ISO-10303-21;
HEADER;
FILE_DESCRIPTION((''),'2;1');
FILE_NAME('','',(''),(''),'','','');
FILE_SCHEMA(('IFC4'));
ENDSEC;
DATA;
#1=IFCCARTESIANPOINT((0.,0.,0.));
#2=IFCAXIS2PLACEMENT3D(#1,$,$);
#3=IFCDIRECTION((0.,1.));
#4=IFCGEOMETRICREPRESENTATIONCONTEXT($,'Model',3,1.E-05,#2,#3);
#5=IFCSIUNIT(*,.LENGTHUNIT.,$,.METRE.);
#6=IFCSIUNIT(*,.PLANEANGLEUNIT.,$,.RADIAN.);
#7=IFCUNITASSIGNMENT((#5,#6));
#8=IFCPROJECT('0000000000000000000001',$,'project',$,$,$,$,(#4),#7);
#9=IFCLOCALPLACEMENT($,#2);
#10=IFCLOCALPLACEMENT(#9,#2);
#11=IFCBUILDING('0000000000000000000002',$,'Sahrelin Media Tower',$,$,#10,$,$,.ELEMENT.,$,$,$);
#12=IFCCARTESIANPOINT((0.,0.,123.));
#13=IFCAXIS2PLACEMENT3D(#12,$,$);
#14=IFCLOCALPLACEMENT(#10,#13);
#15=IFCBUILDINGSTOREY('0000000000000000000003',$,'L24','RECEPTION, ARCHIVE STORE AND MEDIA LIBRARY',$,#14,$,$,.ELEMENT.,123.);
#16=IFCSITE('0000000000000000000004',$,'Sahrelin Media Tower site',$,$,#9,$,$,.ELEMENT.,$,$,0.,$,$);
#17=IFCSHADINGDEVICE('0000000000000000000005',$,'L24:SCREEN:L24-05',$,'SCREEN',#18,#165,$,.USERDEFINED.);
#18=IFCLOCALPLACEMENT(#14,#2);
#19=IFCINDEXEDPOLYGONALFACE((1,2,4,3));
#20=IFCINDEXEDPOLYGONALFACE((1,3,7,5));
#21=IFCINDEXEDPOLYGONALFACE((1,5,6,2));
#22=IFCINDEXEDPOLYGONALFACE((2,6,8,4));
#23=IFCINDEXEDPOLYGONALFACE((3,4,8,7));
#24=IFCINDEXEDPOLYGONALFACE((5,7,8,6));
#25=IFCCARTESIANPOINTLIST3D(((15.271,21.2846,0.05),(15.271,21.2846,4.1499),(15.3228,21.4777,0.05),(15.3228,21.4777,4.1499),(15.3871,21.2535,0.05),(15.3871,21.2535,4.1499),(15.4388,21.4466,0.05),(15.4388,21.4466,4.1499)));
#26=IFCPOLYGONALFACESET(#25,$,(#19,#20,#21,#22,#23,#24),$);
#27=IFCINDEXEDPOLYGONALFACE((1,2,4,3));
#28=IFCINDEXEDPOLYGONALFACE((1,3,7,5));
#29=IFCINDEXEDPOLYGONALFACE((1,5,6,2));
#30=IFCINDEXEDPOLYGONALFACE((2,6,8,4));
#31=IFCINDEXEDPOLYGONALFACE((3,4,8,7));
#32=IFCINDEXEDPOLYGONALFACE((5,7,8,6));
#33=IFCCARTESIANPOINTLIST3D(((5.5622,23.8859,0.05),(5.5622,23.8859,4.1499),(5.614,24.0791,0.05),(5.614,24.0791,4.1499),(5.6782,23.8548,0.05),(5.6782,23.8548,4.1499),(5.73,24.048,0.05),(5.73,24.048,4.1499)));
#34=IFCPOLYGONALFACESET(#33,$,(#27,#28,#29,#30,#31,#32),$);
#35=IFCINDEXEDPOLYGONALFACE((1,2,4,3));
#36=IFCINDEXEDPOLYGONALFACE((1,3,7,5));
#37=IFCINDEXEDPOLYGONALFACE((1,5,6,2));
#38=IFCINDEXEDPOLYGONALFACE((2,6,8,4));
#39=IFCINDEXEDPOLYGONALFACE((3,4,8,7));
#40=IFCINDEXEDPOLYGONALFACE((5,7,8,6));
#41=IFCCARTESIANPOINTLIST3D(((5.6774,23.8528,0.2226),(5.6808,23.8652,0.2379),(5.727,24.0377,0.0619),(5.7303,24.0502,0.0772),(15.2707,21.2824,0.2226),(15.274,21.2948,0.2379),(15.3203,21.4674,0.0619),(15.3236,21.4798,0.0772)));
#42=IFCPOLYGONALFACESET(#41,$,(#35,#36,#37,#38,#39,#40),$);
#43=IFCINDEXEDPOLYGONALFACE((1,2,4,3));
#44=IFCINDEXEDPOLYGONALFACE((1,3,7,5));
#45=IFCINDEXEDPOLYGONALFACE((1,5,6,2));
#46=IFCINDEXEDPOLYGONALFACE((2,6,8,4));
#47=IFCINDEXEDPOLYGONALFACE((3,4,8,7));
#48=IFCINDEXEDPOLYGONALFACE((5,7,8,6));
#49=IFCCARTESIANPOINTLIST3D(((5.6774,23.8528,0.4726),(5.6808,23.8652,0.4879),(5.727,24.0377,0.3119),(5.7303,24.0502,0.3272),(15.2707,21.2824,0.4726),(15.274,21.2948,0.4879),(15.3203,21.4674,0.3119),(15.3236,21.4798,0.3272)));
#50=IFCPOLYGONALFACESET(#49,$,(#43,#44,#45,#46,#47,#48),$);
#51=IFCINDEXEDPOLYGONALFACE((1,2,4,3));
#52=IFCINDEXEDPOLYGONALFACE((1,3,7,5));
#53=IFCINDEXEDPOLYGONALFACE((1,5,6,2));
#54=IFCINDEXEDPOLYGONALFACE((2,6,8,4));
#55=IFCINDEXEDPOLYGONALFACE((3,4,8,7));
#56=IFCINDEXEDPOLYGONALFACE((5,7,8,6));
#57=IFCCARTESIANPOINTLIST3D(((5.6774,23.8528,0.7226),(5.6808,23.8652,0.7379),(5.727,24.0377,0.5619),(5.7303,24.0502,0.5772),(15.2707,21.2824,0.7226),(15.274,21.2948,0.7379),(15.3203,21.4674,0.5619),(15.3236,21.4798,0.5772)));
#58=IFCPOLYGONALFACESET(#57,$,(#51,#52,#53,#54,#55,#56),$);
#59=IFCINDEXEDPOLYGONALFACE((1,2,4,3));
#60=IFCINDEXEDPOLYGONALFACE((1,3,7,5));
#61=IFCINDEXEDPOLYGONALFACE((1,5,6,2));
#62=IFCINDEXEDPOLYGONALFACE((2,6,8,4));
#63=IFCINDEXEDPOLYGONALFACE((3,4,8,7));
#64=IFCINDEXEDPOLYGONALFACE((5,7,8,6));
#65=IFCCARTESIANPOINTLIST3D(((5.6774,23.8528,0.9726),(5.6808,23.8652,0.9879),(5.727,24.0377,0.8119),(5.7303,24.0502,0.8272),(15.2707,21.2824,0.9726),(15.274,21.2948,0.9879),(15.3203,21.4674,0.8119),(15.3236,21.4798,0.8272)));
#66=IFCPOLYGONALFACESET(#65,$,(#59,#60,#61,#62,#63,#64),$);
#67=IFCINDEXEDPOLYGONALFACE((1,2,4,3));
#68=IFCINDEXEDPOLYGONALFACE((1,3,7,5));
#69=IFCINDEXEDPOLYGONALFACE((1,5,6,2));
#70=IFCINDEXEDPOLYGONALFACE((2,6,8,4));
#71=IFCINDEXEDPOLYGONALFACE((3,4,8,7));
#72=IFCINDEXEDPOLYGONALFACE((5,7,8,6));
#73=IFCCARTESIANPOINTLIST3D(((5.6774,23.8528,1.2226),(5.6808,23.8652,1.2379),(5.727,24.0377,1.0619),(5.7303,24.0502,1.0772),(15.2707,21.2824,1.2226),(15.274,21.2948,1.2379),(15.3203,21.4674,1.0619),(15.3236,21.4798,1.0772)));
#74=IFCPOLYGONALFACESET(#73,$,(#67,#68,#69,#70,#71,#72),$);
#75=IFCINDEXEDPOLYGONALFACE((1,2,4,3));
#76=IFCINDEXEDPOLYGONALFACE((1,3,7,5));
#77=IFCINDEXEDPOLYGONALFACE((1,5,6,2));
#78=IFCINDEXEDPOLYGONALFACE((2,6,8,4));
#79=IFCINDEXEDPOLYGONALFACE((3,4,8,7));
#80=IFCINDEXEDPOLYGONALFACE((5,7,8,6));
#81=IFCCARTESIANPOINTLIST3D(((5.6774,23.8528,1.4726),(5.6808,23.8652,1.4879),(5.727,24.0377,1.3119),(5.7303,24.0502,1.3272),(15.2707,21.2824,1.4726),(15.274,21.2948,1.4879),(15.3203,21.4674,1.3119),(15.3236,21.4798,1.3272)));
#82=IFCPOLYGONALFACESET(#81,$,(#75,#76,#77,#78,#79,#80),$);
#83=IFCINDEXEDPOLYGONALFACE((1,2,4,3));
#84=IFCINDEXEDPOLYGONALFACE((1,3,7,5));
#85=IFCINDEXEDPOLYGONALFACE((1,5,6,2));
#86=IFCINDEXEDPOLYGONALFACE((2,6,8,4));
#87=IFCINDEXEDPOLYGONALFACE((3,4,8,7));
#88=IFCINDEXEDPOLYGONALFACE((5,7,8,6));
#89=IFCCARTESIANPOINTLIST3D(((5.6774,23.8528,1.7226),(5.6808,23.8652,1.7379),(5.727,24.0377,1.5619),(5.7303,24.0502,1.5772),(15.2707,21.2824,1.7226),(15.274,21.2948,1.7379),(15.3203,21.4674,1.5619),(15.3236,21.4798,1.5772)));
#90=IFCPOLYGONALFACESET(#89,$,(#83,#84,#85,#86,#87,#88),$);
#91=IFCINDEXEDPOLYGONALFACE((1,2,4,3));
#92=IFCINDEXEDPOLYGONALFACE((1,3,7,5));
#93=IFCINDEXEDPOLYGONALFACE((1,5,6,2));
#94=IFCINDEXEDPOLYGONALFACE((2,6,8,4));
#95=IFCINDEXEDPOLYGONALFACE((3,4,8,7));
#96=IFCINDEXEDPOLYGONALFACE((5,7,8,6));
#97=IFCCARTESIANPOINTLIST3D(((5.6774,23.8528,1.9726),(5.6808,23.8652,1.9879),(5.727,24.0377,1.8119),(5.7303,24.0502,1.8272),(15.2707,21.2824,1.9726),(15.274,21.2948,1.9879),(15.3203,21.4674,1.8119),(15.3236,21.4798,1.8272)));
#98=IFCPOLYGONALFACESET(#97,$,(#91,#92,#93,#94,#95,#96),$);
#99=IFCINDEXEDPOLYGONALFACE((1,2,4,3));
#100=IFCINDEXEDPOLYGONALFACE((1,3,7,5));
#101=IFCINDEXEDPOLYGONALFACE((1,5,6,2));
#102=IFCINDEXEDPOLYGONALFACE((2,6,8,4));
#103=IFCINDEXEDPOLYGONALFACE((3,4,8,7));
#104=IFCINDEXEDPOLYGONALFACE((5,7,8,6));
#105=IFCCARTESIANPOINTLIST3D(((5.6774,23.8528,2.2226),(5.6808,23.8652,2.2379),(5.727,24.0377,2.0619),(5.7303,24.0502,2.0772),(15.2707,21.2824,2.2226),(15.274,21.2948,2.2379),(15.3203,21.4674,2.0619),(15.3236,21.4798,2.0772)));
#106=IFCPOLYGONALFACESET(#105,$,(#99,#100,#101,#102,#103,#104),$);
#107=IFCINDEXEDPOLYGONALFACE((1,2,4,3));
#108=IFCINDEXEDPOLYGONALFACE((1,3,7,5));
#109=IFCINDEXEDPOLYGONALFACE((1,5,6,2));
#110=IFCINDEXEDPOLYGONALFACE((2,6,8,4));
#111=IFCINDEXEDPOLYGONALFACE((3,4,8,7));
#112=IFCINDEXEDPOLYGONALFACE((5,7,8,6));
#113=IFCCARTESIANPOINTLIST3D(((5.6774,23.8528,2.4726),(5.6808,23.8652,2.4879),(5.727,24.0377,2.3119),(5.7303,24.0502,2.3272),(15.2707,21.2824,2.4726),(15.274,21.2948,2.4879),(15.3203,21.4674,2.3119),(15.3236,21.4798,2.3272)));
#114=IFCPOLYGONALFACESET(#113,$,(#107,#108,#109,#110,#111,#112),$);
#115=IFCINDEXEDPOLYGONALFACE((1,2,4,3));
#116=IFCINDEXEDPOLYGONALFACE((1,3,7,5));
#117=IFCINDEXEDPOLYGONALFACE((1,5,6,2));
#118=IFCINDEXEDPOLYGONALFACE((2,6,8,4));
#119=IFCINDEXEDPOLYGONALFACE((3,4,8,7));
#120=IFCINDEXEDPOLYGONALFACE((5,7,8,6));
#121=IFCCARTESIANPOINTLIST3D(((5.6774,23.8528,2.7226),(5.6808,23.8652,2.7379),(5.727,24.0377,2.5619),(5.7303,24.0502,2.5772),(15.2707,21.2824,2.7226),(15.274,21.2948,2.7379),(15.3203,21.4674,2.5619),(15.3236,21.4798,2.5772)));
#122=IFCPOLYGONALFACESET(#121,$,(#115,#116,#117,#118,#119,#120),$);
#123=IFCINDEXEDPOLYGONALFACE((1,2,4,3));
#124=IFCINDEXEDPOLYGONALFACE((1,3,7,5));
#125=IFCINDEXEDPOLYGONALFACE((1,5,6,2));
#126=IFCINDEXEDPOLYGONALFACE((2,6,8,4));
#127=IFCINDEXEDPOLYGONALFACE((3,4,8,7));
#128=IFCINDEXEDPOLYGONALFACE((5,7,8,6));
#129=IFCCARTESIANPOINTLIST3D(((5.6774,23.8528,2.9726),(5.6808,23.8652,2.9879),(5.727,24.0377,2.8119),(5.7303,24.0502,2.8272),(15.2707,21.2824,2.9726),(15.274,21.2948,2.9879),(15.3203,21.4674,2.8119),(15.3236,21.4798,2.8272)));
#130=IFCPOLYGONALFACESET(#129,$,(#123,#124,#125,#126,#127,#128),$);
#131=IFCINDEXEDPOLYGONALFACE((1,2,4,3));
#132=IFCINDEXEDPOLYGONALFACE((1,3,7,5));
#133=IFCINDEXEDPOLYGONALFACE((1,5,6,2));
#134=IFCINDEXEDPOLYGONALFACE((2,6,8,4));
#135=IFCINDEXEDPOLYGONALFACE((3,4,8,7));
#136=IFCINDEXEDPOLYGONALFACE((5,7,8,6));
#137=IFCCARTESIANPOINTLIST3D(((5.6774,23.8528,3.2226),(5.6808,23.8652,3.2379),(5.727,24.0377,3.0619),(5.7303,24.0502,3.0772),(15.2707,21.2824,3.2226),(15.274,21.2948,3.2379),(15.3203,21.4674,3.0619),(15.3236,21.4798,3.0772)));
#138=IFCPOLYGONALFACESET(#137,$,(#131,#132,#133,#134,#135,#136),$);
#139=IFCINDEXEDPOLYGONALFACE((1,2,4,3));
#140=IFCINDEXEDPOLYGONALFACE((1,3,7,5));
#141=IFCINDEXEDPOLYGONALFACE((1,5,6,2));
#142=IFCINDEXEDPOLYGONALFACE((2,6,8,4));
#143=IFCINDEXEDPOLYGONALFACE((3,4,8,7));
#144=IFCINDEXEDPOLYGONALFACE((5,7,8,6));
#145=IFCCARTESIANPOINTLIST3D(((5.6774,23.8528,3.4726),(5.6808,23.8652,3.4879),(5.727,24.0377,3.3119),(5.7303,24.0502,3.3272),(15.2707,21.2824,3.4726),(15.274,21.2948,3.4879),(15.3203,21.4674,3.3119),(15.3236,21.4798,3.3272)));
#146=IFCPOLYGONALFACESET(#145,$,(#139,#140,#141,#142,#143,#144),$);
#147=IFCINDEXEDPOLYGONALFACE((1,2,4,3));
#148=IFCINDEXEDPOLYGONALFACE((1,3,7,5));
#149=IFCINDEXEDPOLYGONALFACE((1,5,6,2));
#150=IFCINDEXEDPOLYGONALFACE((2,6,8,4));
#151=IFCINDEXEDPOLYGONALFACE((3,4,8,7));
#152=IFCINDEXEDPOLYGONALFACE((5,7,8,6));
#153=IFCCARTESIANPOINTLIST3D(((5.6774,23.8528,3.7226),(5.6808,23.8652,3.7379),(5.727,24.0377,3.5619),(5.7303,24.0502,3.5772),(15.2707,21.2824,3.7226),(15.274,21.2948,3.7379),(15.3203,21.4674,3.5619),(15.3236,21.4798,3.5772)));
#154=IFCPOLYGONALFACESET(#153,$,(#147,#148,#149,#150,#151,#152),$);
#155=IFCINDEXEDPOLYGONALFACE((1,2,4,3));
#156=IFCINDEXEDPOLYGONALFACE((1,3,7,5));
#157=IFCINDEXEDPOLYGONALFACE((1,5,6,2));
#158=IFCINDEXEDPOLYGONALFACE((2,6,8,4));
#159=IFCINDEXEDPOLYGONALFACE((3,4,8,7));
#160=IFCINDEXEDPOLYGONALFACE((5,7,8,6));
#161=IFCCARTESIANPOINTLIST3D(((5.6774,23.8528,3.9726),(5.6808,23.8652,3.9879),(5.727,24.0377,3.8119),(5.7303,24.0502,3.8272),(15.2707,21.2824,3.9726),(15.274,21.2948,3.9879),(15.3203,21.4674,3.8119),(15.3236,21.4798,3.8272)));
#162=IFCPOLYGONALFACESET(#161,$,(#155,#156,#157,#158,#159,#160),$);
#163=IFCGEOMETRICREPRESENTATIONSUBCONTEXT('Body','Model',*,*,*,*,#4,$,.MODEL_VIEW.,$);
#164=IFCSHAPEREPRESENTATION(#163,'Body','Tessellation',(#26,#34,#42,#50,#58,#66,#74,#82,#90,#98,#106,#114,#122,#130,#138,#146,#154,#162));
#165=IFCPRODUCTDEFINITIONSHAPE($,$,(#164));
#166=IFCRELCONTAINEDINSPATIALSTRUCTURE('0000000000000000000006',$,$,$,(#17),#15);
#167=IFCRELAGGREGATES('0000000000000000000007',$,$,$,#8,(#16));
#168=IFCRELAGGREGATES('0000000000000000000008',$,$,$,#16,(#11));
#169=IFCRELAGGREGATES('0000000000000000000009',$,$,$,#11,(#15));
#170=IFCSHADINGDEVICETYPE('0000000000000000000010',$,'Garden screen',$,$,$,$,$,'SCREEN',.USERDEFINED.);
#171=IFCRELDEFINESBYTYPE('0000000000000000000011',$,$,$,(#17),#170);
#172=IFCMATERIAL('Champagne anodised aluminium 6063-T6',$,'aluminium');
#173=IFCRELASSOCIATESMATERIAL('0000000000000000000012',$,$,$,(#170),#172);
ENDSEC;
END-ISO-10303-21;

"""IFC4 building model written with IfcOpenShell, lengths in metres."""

from ifc_helpers import new_model, si_unit, direction, frame, origin, origin_2d, place, context, subcontext, project, spatial, rectangle, extrude, material, type_object, element, save


model = new_model("IFC4")

# Units and contexts
model_context = context("Model", 3, precision=1e-05, world=origin(), true_north=direction((0.0, 1.0)))
body_context = subcontext(model_context, "Body", "Model", "MODEL_VIEW")
ifc_project = project(units=[si_unit("LENGTHUNIT", "METRE"), si_unit("PLANEANGLEUNIT", "RADIAN")], contexts=[model_context])

# Site, building, storey
site_placement = place(None, origin())
site = spatial("IfcSite", under=ifc_project, at=site_placement, Name="Sahrelin Media Tower site", CompositionType="ELEMENT", RefElevation=0.0)
building_placement = place(site_placement, origin())
building = spatial("IfcBuilding", under=site, at=building_placement, Name="Sahrelin Media Tower", CompositionType="ELEMENT")
storey_placement = place(building_placement, frame((0.0, 0.0, 123.0)))
storey = spatial("IfcBuildingStorey", under=building, at=storey_placement, Name="L24", Description="RECEPTION, ARCHIVE STORE AND MEDIA LIBRARY", CompositionType="ELEMENT", Elevation=123.0)

# Shading device
ifc_material_1 = material(Name="Champagne anodised aluminium 6063-T6", Category="aluminium")
shading_device_type = type_object("IfcShadingDeviceType", Name="Garden screen", ElementType="SCREEN", PredefinedType="USERDEFINED", material=ifc_material_1)
shading_device_placement = place(storey_placement, frame((10.4746, 22.5696, 0.0), z_axis=(0.0, 0.0, 1.0), x_axis=(0.965929, -0.258808, 0.0)))
element("IfcShadingDevice", 1, at=shading_device_placement, inside=storey, type_object=shading_device_type, Name="L24:SCREEN:L24-05", ObjectType="SCREEN", PredefinedType="USERDEFINED", context=body_context, shape_type="SweptSolid", body=[
    extrude(rectangle(XDim=0.1201, YDim=0.2, at=origin_2d()), frame((5.0256, 0.1001, 0.05), z_axis=(0.0, 0.0, 1.0), x_axis=(1.0, 0.0, 0.0)), (0.0, 0.0, 1.0), 4.0999),
    extrude(rectangle(XDim=0.1201, YDim=0.2, at=origin_2d()), frame((-5.0256, 0.1001, 0.05), z_axis=(0.0, 0.0, 1.0), x_axis=(1.0, 0.0, 0.0)), (0.0, 0.0, 1.0), 4.0999),
    extrude(rectangle(XDim=0.25, YDim=0.02, at=origin_2d()), frame((4.9658, 0.1001, 0.1499), z_axis=(-1.0, 0.0, 0.0), x_axis=(0.0, -0.766044, 0.642788)), (0.0, 0.0, 1.0), 9.9316),
    extrude(rectangle(XDim=0.25, YDim=0.02, at=origin_2d()), frame((4.9658, 0.1001, 0.3999), z_axis=(-1.0, 0.0, 0.0), x_axis=(0.0, -0.766044, 0.642788)), (0.0, 0.0, 1.0), 9.9316),
    extrude(rectangle(XDim=0.25, YDim=0.02, at=origin_2d()), frame((4.9658, 0.1001, 0.6499), z_axis=(-1.0, 0.0, 0.0), x_axis=(0.0, -0.766044, 0.642788)), (0.0, 0.0, 1.0), 9.9316),
    extrude(rectangle(XDim=0.25, YDim=0.02, at=origin_2d()), frame((4.9658, 0.1001, 0.8999), z_axis=(-1.0, 0.0, 0.0), x_axis=(0.0, -0.766044, 0.642788)), (0.0, 0.0, 1.0), 9.9316),
    extrude(rectangle(XDim=0.25, YDim=0.02, at=origin_2d()), frame((4.9658, 0.1001, 1.1499), z_axis=(-1.0, 0.0, 0.0), x_axis=(0.0, -0.766044, 0.642788)), (0.0, 0.0, 1.0), 9.9316),
    extrude(rectangle(XDim=0.25, YDim=0.02, at=origin_2d()), frame((4.9658, 0.1001, 1.3999), z_axis=(-1.0, 0.0, 0.0), x_axis=(0.0, -0.766044, 0.642788)), (0.0, 0.0, 1.0), 9.9316),
    extrude(rectangle(XDim=0.25, YDim=0.02, at=origin_2d()), frame((4.9658, 0.1001, 1.6499), z_axis=(-1.0, 0.0, 0.0), x_axis=(0.0, -0.766044, 0.642788)), (0.0, 0.0, 1.0), 9.9316),
    extrude(rectangle(XDim=0.25, YDim=0.02, at=origin_2d()), frame((4.9658, 0.1001, 1.8999), z_axis=(-1.0, 0.0, 0.0), x_axis=(0.0, -0.766044, 0.642788)), (0.0, 0.0, 1.0), 9.9316),
    extrude(rectangle(XDim=0.25, YDim=0.02, at=origin_2d()), frame((4.9658, 0.1001, 2.1499), z_axis=(-1.0, 0.0, 0.0), x_axis=(0.0, -0.766044, 0.642788)), (0.0, 0.0, 1.0), 9.9316),
    extrude(rectangle(XDim=0.25, YDim=0.02, at=origin_2d()), frame((4.9658, 0.1001, 2.3999), z_axis=(-1.0, 0.0, 0.0), x_axis=(0.0, -0.766044, 0.642788)), (0.0, 0.0, 1.0), 9.9316),
    extrude(rectangle(XDim=0.25, YDim=0.02, at=origin_2d()), frame((4.9658, 0.1001, 2.6499), z_axis=(-1.0, 0.0, 0.0), x_axis=(0.0, -0.766044, 0.642788)), (0.0, 0.0, 1.0), 9.9316),
    extrude(rectangle(XDim=0.25, YDim=0.02, at=origin_2d()), frame((4.9658, 0.1001, 2.8999), z_axis=(-1.0, 0.0, 0.0), x_axis=(0.0, -0.766044, 0.642788)), (0.0, 0.0, 1.0), 9.9316),
    extrude(rectangle(XDim=0.25, YDim=0.02, at=origin_2d()), frame((4.9658, 0.1001, 3.1499), z_axis=(-1.0, 0.0, 0.0), x_axis=(0.0, -0.766044, 0.642788)), (0.0, 0.0, 1.0), 9.9316),
    extrude(rectangle(XDim=0.25, YDim=0.02, at=origin_2d()), frame((4.9658, 0.1001, 3.3999), z_axis=(-1.0, 0.0, 0.0), x_axis=(0.0, -0.766044, 0.642788)), (0.0, 0.0, 1.0), 9.9316),
    extrude(rectangle(XDim=0.25, YDim=0.02, at=origin_2d()), frame((4.9658, 0.1001, 3.6499), z_axis=(-1.0, 0.0, 0.0), x_axis=(0.0, -0.766044, 0.642788)), (0.0, 0.0, 1.0), 9.9316),
    extrude(rectangle(XDim=0.25, YDim=0.02, at=origin_2d()), frame((4.9658, 0.1001, 3.8999), z_axis=(-1.0, 0.0, 0.0), x_axis=(0.0, -0.766044, 0.642788)), (0.0, 0.0, 1.0), 9.9316),
])

save(model, "model.ifc")
